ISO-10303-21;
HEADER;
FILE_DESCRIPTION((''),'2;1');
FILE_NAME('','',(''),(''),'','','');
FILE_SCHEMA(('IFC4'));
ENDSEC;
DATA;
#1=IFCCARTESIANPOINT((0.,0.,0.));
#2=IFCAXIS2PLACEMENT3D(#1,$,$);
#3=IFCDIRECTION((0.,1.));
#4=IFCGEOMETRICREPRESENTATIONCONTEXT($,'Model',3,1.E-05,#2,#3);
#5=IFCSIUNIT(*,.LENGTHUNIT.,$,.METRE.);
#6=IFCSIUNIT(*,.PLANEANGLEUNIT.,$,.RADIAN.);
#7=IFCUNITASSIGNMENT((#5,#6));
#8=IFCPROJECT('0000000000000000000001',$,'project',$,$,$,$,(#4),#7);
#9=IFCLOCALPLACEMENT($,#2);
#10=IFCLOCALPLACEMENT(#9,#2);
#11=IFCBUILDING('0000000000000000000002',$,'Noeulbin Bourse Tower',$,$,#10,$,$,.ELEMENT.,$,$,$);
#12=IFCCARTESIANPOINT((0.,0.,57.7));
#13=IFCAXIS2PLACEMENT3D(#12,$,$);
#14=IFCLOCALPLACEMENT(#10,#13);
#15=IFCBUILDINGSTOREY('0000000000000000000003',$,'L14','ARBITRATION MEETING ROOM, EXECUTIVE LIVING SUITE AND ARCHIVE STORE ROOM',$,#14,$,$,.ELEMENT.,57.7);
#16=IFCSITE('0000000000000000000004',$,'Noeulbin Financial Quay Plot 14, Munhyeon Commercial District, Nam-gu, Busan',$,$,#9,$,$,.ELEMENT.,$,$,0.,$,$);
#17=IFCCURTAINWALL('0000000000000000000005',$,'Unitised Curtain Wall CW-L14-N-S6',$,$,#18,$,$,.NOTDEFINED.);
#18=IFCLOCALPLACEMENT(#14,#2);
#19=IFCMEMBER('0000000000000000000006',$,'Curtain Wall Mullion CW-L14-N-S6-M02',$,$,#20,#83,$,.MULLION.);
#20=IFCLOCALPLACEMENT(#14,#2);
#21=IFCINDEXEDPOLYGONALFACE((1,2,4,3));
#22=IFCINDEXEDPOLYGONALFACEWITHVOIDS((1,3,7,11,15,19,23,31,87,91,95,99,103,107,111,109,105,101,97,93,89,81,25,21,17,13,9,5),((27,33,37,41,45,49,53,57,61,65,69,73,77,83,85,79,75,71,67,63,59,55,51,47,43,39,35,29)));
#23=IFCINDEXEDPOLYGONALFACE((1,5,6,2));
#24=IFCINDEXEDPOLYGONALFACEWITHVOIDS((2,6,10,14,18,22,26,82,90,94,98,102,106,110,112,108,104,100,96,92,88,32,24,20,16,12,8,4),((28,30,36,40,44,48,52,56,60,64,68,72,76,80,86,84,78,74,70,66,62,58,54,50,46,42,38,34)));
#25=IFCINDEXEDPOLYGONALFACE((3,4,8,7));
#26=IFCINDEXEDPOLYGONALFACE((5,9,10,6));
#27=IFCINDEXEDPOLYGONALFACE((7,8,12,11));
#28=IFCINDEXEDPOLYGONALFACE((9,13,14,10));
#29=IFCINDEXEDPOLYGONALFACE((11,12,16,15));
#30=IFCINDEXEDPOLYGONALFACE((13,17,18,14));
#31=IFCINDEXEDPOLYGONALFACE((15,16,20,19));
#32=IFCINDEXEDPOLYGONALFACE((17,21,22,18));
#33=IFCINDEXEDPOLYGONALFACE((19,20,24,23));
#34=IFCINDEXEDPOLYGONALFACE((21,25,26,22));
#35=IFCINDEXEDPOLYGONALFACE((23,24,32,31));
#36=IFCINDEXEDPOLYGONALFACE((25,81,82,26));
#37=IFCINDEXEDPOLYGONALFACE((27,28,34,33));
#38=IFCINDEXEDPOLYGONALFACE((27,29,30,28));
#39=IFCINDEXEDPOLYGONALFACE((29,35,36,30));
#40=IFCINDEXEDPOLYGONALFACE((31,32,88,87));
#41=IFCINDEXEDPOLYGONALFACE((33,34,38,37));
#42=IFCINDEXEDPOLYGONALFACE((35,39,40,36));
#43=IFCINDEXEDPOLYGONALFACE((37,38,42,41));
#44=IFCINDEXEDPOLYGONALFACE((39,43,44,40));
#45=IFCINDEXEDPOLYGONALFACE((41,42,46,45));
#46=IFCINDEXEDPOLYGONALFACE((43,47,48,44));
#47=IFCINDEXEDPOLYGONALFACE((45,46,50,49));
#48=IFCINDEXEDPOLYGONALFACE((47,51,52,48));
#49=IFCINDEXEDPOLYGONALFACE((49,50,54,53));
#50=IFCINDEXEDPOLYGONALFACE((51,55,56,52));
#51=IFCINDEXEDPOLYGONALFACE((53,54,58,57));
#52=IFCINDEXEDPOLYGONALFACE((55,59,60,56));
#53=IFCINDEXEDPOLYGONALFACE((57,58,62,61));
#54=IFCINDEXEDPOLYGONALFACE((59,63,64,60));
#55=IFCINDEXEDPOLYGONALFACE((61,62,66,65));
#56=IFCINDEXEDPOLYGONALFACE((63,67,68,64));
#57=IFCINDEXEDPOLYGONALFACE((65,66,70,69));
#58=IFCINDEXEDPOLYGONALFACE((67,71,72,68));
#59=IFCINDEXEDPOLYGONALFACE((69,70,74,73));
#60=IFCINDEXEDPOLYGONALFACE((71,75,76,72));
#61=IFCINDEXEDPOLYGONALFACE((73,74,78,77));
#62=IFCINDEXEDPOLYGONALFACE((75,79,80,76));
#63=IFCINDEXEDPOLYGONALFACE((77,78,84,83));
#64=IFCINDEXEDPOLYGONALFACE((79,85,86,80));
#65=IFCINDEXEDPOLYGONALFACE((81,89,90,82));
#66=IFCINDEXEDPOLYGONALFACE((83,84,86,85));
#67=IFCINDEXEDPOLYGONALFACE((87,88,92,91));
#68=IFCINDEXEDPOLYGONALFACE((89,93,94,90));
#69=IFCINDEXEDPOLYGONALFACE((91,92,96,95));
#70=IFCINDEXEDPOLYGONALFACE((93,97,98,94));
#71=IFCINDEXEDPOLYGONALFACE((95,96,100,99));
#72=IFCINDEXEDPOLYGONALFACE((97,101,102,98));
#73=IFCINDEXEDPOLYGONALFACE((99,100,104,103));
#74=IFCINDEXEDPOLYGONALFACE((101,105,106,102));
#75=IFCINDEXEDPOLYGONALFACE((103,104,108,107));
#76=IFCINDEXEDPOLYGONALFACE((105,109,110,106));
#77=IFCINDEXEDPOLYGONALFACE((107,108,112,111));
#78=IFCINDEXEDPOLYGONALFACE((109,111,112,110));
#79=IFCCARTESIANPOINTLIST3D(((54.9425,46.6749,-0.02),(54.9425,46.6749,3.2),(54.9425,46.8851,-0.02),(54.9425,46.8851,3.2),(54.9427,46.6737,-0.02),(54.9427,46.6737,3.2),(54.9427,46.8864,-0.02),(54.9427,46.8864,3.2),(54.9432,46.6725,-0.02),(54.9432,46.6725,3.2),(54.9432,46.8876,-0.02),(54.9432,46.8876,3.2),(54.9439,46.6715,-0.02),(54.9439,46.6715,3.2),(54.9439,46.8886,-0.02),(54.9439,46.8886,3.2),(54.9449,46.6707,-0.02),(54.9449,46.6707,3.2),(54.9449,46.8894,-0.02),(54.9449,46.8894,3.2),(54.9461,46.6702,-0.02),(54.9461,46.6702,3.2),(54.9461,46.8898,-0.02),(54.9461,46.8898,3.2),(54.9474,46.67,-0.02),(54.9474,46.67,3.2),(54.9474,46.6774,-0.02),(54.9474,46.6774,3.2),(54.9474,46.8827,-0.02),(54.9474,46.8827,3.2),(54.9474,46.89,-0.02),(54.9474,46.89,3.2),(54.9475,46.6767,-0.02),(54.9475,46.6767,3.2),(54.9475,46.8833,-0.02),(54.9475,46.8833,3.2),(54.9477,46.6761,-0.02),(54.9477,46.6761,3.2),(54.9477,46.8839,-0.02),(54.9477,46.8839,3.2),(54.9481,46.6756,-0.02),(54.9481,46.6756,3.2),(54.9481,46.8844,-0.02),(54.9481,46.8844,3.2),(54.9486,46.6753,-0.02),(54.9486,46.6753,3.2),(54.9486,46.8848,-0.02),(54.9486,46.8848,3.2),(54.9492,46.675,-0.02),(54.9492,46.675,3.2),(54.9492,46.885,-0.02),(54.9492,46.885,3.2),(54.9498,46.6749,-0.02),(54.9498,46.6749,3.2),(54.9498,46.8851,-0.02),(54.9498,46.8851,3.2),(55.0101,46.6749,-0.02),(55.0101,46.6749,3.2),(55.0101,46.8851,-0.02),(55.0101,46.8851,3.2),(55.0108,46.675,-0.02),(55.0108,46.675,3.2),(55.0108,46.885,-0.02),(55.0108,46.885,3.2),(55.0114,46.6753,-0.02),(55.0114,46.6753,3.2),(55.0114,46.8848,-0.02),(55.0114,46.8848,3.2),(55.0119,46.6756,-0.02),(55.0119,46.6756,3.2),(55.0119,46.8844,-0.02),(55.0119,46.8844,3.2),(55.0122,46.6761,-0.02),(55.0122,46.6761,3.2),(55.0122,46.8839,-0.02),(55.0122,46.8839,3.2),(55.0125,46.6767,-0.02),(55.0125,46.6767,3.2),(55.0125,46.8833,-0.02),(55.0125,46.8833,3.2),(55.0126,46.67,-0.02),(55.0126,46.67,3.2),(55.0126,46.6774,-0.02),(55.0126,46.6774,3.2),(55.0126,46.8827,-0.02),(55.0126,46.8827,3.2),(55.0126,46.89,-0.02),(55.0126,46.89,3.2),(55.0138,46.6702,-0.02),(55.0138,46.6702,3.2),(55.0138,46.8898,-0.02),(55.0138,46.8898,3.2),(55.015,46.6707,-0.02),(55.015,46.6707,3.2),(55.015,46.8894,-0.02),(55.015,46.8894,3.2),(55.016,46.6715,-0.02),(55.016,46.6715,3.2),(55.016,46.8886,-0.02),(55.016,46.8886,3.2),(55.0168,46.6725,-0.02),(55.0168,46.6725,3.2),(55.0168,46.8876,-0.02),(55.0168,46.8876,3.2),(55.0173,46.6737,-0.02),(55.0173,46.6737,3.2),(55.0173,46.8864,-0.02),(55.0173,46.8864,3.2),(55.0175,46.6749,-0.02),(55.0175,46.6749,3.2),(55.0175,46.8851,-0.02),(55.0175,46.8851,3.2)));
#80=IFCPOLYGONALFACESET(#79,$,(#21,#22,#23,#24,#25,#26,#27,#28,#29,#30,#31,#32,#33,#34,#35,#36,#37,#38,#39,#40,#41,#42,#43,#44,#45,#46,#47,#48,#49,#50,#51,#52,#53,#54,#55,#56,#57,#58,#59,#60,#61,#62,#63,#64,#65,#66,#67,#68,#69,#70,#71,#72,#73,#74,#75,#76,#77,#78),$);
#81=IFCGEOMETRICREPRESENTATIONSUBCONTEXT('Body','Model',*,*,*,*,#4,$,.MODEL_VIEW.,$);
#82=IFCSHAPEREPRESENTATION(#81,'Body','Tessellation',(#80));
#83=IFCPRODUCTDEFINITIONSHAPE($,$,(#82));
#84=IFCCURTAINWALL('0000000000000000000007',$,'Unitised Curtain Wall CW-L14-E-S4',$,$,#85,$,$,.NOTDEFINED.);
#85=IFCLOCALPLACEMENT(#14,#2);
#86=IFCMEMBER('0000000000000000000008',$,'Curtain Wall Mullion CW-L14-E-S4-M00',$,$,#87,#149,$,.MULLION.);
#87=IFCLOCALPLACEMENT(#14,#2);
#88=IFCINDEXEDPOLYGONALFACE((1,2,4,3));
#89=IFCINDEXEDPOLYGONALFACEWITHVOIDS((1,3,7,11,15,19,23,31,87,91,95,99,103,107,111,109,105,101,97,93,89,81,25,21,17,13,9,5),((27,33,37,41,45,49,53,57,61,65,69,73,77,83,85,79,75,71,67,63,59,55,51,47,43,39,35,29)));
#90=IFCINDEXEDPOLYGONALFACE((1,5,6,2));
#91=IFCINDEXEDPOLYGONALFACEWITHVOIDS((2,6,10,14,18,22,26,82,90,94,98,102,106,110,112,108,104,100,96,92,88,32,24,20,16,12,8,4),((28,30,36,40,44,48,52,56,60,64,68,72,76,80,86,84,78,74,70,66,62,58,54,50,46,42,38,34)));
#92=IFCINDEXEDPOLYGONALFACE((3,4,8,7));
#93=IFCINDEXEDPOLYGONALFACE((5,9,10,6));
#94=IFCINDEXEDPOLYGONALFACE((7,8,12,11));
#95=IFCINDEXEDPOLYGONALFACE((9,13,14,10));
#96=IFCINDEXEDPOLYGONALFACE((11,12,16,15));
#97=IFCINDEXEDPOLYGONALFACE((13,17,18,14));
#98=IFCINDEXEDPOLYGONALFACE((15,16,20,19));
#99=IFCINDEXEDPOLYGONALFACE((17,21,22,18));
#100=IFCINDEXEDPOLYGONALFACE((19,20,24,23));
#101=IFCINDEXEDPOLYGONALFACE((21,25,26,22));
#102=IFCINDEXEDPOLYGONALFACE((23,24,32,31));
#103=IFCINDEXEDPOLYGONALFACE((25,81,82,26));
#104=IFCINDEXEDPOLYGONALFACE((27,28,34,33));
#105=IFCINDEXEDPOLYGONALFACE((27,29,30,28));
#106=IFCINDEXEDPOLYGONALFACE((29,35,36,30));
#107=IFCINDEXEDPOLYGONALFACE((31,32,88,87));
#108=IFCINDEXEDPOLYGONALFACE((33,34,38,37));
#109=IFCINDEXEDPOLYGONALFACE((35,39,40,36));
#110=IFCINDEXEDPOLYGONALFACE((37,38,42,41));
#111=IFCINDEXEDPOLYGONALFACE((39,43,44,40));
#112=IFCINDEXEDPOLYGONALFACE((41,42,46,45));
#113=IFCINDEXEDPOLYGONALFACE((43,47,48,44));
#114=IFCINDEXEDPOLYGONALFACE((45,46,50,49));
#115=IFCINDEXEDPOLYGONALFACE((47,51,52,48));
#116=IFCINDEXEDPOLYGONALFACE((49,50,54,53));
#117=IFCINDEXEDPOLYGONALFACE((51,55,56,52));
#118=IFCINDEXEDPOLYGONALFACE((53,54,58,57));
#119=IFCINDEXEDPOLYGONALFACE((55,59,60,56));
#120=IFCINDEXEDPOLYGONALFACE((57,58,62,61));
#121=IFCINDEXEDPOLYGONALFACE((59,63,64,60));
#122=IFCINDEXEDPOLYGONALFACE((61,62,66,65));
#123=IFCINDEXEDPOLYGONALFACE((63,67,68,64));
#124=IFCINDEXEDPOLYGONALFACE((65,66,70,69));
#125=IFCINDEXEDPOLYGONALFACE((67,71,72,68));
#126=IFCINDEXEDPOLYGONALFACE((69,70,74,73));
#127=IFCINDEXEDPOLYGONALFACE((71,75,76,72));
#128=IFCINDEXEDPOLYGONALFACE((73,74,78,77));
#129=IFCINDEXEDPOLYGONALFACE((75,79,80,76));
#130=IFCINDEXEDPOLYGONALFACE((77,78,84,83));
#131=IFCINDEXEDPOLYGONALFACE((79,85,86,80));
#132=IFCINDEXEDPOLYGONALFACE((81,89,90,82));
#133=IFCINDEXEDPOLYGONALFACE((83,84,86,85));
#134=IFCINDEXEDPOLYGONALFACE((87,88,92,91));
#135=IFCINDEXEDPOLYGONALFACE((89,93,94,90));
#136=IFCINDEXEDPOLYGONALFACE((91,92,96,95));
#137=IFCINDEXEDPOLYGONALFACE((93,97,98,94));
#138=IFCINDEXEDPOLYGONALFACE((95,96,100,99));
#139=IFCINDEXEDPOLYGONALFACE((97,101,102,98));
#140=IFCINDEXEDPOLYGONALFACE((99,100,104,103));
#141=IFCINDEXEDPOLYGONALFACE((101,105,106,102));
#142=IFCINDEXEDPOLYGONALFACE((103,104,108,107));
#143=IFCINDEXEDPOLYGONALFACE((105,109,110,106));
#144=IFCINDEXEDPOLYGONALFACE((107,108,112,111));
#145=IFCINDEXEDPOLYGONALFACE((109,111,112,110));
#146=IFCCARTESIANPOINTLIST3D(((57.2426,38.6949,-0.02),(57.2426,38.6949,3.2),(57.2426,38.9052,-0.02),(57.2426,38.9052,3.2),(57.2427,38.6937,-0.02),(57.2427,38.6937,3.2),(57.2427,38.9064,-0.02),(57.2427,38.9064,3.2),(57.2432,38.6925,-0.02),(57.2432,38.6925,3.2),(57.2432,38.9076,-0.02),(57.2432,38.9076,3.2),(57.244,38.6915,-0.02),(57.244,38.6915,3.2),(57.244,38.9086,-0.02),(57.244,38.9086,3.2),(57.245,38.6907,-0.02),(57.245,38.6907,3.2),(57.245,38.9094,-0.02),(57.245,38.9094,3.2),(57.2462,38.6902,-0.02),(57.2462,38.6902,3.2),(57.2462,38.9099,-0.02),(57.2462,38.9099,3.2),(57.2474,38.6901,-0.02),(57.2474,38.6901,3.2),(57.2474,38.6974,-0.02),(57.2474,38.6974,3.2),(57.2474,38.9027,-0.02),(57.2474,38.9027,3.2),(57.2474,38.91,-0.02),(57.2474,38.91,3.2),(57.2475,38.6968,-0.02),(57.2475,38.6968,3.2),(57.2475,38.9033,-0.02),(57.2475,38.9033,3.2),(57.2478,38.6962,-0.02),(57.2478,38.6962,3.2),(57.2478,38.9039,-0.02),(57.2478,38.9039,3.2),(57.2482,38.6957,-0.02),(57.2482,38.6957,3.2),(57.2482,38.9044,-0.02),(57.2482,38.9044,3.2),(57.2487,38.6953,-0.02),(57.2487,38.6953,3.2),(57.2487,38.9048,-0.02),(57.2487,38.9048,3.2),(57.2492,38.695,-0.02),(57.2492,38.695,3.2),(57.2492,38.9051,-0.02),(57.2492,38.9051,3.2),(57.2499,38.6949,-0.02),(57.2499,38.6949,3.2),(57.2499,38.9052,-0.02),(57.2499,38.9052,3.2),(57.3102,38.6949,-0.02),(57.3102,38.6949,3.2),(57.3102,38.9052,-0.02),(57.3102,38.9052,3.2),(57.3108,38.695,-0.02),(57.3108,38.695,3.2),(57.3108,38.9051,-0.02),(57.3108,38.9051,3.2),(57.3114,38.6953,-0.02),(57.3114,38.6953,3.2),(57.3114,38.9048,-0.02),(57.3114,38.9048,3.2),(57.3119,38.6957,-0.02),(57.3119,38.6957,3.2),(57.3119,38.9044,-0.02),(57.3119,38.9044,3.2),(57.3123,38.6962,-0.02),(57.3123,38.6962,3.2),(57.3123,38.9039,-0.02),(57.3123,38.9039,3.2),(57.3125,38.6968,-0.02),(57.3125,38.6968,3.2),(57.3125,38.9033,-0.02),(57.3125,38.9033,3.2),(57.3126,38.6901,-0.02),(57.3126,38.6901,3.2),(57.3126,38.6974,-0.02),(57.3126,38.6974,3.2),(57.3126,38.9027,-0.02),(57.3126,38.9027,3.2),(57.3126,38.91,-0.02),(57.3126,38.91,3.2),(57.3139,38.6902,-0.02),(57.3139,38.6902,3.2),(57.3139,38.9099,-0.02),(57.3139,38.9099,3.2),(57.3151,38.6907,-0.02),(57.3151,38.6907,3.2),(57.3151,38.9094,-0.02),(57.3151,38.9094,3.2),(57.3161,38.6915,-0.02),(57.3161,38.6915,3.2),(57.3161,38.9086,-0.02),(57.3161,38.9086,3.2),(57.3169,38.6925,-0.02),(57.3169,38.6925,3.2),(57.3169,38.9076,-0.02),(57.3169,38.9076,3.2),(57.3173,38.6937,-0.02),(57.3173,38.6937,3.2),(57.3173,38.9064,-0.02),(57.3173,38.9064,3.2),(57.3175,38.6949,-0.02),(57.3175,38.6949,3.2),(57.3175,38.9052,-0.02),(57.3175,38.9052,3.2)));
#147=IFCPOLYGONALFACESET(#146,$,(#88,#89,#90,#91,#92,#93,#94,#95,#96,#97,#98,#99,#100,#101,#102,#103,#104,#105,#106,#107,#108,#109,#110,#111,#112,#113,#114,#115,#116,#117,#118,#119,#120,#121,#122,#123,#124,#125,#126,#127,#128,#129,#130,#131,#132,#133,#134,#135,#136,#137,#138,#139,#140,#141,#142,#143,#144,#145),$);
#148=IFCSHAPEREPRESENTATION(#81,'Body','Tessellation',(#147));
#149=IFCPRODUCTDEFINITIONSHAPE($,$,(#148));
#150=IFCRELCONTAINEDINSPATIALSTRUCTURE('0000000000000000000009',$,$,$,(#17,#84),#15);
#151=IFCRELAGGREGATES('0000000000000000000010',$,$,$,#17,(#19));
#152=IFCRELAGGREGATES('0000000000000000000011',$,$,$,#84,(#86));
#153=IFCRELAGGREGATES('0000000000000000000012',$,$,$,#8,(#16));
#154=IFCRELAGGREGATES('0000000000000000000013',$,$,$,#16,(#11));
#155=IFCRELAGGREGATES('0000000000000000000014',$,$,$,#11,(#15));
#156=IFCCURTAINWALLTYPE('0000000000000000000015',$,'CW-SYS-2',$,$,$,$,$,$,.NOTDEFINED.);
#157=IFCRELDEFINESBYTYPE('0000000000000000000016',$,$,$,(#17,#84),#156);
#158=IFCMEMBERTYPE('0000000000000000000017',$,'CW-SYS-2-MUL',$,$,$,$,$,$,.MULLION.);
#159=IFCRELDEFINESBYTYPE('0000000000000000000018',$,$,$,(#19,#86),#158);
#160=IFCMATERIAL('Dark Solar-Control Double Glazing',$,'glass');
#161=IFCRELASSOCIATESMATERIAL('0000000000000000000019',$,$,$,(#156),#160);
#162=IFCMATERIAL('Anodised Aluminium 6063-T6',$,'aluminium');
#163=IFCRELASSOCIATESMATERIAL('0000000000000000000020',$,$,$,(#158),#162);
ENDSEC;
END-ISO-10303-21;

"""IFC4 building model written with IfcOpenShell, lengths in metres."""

from ifc_helpers import new_model, si_unit, direction, frame, origin, origin_2d, place, context, subcontext, project, spatial, hollow_rectangle, extrude, material, material_profile, profile_set, type_object, element, aggregate, save


model = new_model("IFC4")

# Units and contexts
model_context = context("Model", 3, precision=1e-05, world=origin(), true_north=direction((0.0, 1.0)))
body_context = subcontext(model_context, "Body", "Model", "MODEL_VIEW")
ifc_project = project(units=[si_unit("LENGTHUNIT", "METRE"), si_unit("PLANEANGLEUNIT", "RADIAN")], contexts=[model_context])

# Site, building, storey
site_placement = place(None, origin())
site = spatial("IfcSite", under=ifc_project, at=site_placement, Name="Noeulbin Financial Quay Plot 14, Munhyeon Commercial District, Nam-gu, Busan", CompositionType="ELEMENT", RefElevation=0.0)
building_placement = place(site_placement, origin())
building = spatial("IfcBuilding", under=site, at=building_placement, Name="Noeulbin Bourse Tower", CompositionType="ELEMENT")
storey_placement = place(building_placement, frame((0.0, 0.0, 57.7)))
storey = spatial("IfcBuildingStorey", under=building, at=storey_placement, Name="L14", Description="ARBITRATION MEETING ROOM, EXECUTIVE LIVING SUITE AND ARCHIVE STORE ROOM", CompositionType="ELEMENT", Elevation=57.7)

# Shared definitions
ifc_material_1 = material(Name="Dark Solar-Control Double Glazing", Category="glass")
curtain_wall_type = type_object("IfcCurtainWallType", Name="CW-SYS-2", PredefinedType="NOTDEFINED", material=ifc_material_1)
ifc_material_2 = material(Name="Anodised Aluminium 6063-T6", Category="aluminium")
ifc_material_profile_1 = material_profile(ifc_material_2, hollow_rectangle(XDim=0.075, YDim=0.22, WallThickness=0.0049, InnerFilletRadius=0.0024, OuterFilletRadius=0.0049, at=origin_2d()), Name="ALU-MULL-75x220x5", Category="LoadBearing")
ifc_profile_set_1 = profile_set([ifc_material_profile_1], Name="Anodised Aluminium 6063-T6")
member_type_1 = type_object("IfcMemberType", Name="CW-SYS-2-MUL", PredefinedType="MULLION", material=ifc_profile_set_1)

# Curtain walls, members
curtain_wall_1_placement = place(storey_placement, origin())
curtain_wall_1 = element("IfcCurtainWall", 1, at=curtain_wall_1_placement, inside=storey, type_object=curtain_wall_type, Name="Unitised Curtain Wall CW-L14-N-S6", PredefinedType="NOTDEFINED")
member_1_placement = place(storey_placement, frame((54.98, 46.78, -0.02), z_axis=(0.0, 0.0, 1.0), x_axis=(1.0, 0.0, 0.0)))
member_1 = element("IfcMember", 2, at=member_1_placement, type_object=member_type_1, Name="Curtain Wall Mullion CW-L14-N-S6-M02", PredefinedType="MULLION", context=body_context, shape_type="SweptSolid", body=[
    extrude(hollow_rectangle(XDim=0.075, YDim=0.22, WallThickness=0.0049, InnerFilletRadius=0.0024, OuterFilletRadius=0.0049, at=origin_2d()), origin(), (0.0, 0.0, 1.0), 3.22),
])
curtain_wall_2_placement = place(storey_placement, origin())
curtain_wall_2 = element("IfcCurtainWall", 3, at=curtain_wall_2_placement, inside=storey, type_object=curtain_wall_type, Name="Unitised Curtain Wall CW-L14-E-S4", PredefinedType="NOTDEFINED")
member_2_placement = place(storey_placement, frame((57.28, 38.8, -0.02), z_axis=(0.0, 0.0, 1.0), x_axis=(1.0, 0.0, 0.0)))
member_2 = element("IfcMember", 4, at=member_2_placement, type_object=member_type_1, Name="Curtain Wall Mullion CW-L14-E-S4-M00", PredefinedType="MULLION", context=body_context, shape_type="SweptSolid", body=[
    extrude(hollow_rectangle(XDim=0.075, YDim=0.22, WallThickness=0.0049, InnerFilletRadius=0.0024, OuterFilletRadius=0.0049, at=origin_2d()), origin(), (0.0, 0.0, 1.0), 3.22),
])

aggregate(curtain_wall_1, [member_1])
aggregate(curtain_wall_2, [member_2])

save(model, "model.ifc")
